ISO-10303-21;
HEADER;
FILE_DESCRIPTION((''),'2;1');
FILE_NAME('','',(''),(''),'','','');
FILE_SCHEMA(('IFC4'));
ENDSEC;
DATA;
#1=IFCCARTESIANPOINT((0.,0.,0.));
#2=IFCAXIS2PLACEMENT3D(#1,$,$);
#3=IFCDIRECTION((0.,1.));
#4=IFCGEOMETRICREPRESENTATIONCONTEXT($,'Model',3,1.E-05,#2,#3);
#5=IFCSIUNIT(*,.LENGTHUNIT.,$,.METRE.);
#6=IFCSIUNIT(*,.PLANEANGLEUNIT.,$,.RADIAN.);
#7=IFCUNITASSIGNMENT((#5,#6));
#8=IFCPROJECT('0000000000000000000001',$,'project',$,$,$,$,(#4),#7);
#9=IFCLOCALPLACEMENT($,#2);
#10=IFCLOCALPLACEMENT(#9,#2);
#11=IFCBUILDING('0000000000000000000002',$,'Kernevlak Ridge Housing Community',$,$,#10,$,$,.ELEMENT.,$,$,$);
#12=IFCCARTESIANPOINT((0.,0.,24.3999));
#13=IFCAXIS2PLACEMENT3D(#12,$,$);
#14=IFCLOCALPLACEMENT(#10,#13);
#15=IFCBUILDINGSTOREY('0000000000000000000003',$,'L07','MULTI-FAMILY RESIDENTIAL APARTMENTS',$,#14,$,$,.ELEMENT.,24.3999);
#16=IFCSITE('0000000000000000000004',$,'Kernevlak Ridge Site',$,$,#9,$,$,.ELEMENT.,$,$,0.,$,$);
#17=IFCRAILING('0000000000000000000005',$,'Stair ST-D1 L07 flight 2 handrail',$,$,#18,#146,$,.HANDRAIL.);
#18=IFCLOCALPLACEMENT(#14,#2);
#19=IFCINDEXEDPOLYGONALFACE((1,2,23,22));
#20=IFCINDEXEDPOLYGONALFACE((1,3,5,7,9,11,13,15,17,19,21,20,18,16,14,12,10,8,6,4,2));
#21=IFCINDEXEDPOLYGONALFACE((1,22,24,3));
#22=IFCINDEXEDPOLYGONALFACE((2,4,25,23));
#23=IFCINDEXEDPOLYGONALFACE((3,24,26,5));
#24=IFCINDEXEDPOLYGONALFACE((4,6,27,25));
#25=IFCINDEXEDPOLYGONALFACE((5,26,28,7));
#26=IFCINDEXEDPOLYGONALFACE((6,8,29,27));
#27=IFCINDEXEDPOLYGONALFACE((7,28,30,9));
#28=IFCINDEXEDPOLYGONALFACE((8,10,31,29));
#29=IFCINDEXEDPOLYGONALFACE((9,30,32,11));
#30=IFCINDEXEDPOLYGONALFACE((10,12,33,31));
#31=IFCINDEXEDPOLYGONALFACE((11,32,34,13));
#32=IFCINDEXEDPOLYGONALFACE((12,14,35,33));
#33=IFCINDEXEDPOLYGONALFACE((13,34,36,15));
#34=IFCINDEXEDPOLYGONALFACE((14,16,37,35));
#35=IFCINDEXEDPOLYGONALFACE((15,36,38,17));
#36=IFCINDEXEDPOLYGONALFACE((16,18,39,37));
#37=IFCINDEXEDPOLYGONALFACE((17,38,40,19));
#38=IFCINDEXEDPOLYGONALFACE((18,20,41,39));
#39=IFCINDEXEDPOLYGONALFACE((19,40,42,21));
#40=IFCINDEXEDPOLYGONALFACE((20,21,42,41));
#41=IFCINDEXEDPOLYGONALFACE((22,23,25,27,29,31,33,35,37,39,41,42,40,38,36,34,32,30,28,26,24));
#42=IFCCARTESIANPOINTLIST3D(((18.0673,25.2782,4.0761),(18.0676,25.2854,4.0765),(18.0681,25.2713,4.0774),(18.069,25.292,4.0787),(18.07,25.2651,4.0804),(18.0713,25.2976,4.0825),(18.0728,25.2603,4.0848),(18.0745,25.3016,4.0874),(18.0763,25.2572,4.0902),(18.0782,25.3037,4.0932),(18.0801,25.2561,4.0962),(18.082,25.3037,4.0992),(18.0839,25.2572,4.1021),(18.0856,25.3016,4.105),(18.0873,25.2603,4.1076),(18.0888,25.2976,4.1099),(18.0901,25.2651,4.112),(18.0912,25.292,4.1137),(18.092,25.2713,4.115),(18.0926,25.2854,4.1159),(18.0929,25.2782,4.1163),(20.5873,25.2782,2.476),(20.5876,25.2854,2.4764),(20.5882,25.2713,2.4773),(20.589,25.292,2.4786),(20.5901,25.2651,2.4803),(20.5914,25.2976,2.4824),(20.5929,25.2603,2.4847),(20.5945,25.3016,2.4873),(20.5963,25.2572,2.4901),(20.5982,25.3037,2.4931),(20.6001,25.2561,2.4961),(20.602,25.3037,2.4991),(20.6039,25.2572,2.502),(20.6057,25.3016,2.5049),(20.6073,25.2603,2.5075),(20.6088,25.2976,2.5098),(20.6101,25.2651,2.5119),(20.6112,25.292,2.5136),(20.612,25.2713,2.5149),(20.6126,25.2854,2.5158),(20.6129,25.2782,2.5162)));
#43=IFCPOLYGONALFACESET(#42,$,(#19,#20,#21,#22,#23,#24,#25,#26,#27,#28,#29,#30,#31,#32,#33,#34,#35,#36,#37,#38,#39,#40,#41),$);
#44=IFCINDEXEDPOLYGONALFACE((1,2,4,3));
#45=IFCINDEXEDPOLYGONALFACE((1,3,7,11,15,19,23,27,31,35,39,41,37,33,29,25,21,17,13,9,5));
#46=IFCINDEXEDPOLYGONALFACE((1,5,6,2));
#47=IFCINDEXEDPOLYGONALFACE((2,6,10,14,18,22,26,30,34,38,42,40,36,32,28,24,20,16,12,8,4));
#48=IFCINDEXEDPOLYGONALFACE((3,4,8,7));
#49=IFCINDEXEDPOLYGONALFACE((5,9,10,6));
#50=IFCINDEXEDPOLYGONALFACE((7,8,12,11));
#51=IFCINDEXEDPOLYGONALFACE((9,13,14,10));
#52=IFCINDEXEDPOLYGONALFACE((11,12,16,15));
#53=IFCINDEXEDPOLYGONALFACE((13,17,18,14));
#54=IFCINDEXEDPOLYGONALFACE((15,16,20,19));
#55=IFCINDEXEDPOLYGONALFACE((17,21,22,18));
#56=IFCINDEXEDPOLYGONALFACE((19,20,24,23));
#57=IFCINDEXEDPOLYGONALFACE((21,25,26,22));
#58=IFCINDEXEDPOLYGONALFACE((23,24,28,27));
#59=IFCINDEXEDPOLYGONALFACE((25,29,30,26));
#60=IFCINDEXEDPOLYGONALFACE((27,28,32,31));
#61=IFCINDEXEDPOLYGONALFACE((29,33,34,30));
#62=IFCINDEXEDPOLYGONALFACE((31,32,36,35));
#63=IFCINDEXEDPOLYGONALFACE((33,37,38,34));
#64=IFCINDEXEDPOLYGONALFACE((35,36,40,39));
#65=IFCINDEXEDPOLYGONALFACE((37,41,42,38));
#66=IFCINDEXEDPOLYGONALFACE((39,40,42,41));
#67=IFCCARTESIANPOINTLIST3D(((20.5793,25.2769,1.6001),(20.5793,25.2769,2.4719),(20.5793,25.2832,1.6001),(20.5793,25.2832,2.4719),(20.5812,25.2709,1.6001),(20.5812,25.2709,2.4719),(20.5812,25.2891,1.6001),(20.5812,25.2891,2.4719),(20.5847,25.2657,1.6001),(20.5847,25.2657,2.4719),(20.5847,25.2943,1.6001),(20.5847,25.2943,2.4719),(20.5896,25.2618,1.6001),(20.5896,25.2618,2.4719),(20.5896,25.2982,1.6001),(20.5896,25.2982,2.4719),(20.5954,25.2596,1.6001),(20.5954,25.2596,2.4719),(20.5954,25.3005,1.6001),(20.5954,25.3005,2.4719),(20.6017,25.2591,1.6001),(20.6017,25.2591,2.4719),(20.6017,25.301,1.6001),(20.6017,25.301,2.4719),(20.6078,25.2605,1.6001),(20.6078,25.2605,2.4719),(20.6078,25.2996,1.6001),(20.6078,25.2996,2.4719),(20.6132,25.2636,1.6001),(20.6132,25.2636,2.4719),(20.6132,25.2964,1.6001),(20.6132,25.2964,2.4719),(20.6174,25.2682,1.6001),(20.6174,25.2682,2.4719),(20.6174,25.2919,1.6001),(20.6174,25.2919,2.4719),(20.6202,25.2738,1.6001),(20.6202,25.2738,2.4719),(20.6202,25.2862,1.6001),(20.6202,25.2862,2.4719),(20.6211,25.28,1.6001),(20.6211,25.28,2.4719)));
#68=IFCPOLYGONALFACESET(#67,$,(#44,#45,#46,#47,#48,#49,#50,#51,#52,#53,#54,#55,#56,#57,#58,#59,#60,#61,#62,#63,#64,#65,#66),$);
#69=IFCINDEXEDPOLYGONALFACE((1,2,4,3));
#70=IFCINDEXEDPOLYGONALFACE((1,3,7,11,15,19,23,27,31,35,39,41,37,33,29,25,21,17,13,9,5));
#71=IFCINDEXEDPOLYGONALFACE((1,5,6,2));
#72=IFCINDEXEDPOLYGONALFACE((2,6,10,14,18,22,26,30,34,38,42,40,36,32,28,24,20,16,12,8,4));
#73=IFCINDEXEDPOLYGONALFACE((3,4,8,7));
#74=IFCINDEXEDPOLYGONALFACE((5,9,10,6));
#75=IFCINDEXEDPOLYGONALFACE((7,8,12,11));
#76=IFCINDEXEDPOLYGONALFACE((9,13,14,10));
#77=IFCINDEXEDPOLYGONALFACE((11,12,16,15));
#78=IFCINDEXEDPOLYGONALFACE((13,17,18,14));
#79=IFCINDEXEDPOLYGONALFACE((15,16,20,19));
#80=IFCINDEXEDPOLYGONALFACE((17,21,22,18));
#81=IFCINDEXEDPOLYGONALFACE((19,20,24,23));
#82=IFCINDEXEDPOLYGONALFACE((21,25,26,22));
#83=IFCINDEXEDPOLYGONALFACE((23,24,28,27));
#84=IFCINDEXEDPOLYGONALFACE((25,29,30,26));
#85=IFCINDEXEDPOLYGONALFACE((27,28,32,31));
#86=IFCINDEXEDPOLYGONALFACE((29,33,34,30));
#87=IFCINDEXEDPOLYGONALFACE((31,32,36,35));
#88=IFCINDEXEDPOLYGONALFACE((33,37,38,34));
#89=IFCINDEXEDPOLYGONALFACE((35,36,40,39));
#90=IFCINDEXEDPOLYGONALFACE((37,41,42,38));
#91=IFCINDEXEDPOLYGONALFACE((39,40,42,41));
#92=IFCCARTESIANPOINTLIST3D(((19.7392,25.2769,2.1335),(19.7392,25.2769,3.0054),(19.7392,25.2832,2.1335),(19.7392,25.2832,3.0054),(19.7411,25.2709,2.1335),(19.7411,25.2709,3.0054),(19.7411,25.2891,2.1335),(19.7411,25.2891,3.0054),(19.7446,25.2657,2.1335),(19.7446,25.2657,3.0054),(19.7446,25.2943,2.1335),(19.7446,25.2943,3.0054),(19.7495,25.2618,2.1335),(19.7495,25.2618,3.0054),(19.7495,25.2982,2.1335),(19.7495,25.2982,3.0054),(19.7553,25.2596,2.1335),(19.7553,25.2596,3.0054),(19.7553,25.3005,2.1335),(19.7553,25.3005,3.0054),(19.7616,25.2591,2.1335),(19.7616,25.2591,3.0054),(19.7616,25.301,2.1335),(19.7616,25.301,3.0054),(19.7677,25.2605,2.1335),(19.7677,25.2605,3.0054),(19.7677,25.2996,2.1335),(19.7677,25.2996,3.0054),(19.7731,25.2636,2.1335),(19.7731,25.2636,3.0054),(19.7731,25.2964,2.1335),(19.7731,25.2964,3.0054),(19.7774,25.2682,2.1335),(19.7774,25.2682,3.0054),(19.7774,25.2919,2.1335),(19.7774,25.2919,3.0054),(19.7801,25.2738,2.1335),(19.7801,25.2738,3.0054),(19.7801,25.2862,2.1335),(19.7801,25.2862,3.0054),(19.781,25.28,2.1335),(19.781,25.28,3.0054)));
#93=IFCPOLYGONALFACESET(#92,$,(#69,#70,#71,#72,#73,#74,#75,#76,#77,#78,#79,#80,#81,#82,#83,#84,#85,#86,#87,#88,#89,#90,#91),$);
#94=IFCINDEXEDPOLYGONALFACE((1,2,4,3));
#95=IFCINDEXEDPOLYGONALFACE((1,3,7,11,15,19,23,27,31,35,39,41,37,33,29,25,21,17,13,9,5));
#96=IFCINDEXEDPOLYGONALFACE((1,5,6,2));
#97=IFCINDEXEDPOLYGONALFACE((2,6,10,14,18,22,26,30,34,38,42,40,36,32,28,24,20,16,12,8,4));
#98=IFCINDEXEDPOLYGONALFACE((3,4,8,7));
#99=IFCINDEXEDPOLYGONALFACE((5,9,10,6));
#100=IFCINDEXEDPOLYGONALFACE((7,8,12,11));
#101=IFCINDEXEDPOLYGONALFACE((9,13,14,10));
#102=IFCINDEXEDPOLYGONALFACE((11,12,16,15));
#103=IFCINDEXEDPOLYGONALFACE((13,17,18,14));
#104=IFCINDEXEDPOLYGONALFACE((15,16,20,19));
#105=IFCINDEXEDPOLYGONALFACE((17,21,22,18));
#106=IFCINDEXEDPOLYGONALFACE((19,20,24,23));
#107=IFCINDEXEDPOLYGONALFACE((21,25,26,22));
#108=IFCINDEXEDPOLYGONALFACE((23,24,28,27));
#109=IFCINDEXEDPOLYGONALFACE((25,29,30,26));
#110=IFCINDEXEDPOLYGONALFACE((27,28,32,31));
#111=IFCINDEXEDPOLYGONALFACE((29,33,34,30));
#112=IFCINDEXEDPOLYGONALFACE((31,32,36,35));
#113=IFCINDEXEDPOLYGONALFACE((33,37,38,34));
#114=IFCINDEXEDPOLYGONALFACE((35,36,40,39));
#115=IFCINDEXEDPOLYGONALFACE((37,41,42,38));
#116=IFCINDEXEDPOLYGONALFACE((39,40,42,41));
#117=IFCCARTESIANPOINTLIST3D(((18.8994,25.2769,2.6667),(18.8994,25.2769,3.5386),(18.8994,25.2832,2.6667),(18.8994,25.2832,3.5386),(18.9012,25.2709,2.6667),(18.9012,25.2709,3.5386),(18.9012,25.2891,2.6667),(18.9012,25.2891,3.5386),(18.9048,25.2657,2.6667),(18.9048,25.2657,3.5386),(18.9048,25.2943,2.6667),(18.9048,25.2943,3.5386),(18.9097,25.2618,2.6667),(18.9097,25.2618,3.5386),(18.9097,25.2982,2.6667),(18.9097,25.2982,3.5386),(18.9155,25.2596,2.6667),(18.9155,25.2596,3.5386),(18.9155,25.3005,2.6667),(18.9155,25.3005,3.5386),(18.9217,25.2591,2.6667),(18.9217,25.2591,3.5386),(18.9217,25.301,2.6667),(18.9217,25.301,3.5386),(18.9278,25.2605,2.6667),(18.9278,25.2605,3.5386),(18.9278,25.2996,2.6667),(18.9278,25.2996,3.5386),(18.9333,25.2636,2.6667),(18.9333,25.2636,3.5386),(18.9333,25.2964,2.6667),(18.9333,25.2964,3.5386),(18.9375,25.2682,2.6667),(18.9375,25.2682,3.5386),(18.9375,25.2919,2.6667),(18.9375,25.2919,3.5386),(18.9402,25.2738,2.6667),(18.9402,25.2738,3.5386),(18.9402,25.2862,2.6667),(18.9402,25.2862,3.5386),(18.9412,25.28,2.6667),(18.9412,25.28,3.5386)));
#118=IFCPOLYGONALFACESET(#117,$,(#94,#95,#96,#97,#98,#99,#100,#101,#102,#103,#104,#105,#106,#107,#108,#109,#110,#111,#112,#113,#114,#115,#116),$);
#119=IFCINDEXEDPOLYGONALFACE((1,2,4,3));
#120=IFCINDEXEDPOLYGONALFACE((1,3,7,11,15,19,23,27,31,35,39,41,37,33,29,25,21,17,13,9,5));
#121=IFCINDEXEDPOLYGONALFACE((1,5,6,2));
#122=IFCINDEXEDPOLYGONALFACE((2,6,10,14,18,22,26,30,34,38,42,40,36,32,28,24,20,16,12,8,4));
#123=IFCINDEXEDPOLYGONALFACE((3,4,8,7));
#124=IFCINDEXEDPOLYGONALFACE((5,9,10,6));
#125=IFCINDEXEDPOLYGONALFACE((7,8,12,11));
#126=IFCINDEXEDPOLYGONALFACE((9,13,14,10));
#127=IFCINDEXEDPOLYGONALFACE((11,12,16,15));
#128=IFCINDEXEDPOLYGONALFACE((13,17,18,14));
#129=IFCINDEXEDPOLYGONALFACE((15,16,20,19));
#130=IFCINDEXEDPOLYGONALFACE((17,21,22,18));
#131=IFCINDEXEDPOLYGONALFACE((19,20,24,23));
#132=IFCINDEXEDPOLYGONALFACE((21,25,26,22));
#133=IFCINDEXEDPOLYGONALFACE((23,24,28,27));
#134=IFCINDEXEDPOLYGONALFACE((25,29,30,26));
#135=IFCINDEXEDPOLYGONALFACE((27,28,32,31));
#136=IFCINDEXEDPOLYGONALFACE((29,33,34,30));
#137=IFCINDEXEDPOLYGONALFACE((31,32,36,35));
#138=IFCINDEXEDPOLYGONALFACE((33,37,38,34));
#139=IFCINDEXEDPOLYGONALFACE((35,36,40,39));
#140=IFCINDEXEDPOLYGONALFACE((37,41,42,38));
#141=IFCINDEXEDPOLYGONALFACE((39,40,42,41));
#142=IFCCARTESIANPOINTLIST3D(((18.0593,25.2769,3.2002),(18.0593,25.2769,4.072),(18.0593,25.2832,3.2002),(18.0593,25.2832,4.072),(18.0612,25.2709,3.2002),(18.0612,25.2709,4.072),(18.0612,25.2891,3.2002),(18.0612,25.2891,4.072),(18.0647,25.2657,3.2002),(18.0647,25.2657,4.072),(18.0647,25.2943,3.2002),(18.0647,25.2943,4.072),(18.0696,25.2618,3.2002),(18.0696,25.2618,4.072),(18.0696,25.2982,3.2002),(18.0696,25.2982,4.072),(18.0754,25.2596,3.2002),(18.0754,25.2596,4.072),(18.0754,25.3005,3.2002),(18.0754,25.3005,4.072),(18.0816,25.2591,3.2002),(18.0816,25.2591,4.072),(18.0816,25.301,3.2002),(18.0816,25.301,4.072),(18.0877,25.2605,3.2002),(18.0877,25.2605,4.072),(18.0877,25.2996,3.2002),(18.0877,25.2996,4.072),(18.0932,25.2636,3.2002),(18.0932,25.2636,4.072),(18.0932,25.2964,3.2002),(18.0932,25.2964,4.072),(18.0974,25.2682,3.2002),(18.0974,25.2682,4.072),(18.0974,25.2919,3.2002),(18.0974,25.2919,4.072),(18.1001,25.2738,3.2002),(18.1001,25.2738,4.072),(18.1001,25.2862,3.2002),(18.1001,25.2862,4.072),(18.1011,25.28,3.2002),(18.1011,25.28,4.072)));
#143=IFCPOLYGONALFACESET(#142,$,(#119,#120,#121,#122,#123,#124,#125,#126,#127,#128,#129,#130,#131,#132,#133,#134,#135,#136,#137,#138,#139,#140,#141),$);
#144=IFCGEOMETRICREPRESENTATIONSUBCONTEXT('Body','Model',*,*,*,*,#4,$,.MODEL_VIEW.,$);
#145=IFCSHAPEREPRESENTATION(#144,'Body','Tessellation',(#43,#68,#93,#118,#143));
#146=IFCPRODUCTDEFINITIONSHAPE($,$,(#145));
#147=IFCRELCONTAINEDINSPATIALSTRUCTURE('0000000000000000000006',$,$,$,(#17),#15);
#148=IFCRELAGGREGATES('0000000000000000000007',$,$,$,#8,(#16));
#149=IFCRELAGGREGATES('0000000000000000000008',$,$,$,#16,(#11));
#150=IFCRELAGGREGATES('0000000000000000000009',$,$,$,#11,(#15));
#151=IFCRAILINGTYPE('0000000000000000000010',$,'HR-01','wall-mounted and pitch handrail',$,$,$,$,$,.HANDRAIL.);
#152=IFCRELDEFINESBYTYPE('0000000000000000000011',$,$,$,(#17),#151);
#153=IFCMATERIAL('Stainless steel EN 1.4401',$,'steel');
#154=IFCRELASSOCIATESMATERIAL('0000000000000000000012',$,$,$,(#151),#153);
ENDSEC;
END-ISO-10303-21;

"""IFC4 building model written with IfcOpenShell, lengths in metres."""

from ifc_helpers import new_model, si_unit, direction, frame, origin, origin_2d, place, context, subcontext, project, spatial, circle, extrude, material, type_object, element, save


model = new_model("IFC4")

# Units and contexts
model_context = context("Model", 3, precision=1e-05, world=origin(), true_north=direction((0.0, 1.0)))
body_context = subcontext(model_context, "Body", "Model", "MODEL_VIEW")
ifc_project = project(units=[si_unit("LENGTHUNIT", "METRE"), si_unit("PLANEANGLEUNIT", "RADIAN")], contexts=[model_context])

# Site, building, storey
site_placement = place(None, origin())
site = spatial("IfcSite", under=ifc_project, at=site_placement, Name="Kernevlak Ridge Site", CompositionType="ELEMENT", RefElevation=0.0)
building_placement = place(site_placement, origin())
building = spatial("IfcBuilding", under=site, at=building_placement, Name="Kernevlak Ridge Housing Community", CompositionType="ELEMENT")
storey_placement = place(building_placement, frame((0.0, 0.0, 24.3999)))
storey = spatial("IfcBuildingStorey", under=building, at=storey_placement, Name="L07", Description="MULTI-FAMILY RESIDENTIAL APARTMENTS", CompositionType="ELEMENT", Elevation=24.3999)

# Shared definitions
ifc_material_1 = material(Name="Stainless steel EN 1.4401", Category="steel")

# Railing
railing_type_1 = type_object("IfcRailingType", Name="HR-01", Description="wall-mounted and pitch handrail", PredefinedType="HANDRAIL", material=ifc_material_1)
railing_1_placement = place(storey_placement, frame((20.6001, 25.28, 1.6001)))
element("IfcRailing", 1, at=railing_1_placement, inside=storey, type_object=railing_type_1, Name="Stair ST-D1 L07 flight 2 handrail", PredefinedType="HANDRAIL", context=body_context, shape_type="SweptSolid", body=[
    extrude(circle(Radius=0.0239, at=origin_2d()), frame((0.0, 0.0, 0.896), z_axis=(-0.8442, 0.0, 0.536028), x_axis=(0.0, -1.0, 0.0)), (0.0, 0.0, 1.0), 2.9851),
    extrude(circle(Radius=0.021, at=origin_2d()), origin(), (0.0, 0.0, 1.0), 0.8718),
    extrude(circle(Radius=0.021, at=origin_2d()), frame((-0.8401, 0.0, 0.5334)), (0.0, 0.0, 1.0), 0.8718),
    extrude(circle(Radius=0.021, at=origin_2d()), frame((-1.6799, 0.0, 1.0667)), (0.0, 0.0, 1.0), 0.8718),
    extrude(circle(Radius=0.021, at=origin_2d()), frame((-2.52, 0.0, 1.6001)), (0.0, 0.0, 1.0), 0.8718),
])

save(model, "model.ifc")
